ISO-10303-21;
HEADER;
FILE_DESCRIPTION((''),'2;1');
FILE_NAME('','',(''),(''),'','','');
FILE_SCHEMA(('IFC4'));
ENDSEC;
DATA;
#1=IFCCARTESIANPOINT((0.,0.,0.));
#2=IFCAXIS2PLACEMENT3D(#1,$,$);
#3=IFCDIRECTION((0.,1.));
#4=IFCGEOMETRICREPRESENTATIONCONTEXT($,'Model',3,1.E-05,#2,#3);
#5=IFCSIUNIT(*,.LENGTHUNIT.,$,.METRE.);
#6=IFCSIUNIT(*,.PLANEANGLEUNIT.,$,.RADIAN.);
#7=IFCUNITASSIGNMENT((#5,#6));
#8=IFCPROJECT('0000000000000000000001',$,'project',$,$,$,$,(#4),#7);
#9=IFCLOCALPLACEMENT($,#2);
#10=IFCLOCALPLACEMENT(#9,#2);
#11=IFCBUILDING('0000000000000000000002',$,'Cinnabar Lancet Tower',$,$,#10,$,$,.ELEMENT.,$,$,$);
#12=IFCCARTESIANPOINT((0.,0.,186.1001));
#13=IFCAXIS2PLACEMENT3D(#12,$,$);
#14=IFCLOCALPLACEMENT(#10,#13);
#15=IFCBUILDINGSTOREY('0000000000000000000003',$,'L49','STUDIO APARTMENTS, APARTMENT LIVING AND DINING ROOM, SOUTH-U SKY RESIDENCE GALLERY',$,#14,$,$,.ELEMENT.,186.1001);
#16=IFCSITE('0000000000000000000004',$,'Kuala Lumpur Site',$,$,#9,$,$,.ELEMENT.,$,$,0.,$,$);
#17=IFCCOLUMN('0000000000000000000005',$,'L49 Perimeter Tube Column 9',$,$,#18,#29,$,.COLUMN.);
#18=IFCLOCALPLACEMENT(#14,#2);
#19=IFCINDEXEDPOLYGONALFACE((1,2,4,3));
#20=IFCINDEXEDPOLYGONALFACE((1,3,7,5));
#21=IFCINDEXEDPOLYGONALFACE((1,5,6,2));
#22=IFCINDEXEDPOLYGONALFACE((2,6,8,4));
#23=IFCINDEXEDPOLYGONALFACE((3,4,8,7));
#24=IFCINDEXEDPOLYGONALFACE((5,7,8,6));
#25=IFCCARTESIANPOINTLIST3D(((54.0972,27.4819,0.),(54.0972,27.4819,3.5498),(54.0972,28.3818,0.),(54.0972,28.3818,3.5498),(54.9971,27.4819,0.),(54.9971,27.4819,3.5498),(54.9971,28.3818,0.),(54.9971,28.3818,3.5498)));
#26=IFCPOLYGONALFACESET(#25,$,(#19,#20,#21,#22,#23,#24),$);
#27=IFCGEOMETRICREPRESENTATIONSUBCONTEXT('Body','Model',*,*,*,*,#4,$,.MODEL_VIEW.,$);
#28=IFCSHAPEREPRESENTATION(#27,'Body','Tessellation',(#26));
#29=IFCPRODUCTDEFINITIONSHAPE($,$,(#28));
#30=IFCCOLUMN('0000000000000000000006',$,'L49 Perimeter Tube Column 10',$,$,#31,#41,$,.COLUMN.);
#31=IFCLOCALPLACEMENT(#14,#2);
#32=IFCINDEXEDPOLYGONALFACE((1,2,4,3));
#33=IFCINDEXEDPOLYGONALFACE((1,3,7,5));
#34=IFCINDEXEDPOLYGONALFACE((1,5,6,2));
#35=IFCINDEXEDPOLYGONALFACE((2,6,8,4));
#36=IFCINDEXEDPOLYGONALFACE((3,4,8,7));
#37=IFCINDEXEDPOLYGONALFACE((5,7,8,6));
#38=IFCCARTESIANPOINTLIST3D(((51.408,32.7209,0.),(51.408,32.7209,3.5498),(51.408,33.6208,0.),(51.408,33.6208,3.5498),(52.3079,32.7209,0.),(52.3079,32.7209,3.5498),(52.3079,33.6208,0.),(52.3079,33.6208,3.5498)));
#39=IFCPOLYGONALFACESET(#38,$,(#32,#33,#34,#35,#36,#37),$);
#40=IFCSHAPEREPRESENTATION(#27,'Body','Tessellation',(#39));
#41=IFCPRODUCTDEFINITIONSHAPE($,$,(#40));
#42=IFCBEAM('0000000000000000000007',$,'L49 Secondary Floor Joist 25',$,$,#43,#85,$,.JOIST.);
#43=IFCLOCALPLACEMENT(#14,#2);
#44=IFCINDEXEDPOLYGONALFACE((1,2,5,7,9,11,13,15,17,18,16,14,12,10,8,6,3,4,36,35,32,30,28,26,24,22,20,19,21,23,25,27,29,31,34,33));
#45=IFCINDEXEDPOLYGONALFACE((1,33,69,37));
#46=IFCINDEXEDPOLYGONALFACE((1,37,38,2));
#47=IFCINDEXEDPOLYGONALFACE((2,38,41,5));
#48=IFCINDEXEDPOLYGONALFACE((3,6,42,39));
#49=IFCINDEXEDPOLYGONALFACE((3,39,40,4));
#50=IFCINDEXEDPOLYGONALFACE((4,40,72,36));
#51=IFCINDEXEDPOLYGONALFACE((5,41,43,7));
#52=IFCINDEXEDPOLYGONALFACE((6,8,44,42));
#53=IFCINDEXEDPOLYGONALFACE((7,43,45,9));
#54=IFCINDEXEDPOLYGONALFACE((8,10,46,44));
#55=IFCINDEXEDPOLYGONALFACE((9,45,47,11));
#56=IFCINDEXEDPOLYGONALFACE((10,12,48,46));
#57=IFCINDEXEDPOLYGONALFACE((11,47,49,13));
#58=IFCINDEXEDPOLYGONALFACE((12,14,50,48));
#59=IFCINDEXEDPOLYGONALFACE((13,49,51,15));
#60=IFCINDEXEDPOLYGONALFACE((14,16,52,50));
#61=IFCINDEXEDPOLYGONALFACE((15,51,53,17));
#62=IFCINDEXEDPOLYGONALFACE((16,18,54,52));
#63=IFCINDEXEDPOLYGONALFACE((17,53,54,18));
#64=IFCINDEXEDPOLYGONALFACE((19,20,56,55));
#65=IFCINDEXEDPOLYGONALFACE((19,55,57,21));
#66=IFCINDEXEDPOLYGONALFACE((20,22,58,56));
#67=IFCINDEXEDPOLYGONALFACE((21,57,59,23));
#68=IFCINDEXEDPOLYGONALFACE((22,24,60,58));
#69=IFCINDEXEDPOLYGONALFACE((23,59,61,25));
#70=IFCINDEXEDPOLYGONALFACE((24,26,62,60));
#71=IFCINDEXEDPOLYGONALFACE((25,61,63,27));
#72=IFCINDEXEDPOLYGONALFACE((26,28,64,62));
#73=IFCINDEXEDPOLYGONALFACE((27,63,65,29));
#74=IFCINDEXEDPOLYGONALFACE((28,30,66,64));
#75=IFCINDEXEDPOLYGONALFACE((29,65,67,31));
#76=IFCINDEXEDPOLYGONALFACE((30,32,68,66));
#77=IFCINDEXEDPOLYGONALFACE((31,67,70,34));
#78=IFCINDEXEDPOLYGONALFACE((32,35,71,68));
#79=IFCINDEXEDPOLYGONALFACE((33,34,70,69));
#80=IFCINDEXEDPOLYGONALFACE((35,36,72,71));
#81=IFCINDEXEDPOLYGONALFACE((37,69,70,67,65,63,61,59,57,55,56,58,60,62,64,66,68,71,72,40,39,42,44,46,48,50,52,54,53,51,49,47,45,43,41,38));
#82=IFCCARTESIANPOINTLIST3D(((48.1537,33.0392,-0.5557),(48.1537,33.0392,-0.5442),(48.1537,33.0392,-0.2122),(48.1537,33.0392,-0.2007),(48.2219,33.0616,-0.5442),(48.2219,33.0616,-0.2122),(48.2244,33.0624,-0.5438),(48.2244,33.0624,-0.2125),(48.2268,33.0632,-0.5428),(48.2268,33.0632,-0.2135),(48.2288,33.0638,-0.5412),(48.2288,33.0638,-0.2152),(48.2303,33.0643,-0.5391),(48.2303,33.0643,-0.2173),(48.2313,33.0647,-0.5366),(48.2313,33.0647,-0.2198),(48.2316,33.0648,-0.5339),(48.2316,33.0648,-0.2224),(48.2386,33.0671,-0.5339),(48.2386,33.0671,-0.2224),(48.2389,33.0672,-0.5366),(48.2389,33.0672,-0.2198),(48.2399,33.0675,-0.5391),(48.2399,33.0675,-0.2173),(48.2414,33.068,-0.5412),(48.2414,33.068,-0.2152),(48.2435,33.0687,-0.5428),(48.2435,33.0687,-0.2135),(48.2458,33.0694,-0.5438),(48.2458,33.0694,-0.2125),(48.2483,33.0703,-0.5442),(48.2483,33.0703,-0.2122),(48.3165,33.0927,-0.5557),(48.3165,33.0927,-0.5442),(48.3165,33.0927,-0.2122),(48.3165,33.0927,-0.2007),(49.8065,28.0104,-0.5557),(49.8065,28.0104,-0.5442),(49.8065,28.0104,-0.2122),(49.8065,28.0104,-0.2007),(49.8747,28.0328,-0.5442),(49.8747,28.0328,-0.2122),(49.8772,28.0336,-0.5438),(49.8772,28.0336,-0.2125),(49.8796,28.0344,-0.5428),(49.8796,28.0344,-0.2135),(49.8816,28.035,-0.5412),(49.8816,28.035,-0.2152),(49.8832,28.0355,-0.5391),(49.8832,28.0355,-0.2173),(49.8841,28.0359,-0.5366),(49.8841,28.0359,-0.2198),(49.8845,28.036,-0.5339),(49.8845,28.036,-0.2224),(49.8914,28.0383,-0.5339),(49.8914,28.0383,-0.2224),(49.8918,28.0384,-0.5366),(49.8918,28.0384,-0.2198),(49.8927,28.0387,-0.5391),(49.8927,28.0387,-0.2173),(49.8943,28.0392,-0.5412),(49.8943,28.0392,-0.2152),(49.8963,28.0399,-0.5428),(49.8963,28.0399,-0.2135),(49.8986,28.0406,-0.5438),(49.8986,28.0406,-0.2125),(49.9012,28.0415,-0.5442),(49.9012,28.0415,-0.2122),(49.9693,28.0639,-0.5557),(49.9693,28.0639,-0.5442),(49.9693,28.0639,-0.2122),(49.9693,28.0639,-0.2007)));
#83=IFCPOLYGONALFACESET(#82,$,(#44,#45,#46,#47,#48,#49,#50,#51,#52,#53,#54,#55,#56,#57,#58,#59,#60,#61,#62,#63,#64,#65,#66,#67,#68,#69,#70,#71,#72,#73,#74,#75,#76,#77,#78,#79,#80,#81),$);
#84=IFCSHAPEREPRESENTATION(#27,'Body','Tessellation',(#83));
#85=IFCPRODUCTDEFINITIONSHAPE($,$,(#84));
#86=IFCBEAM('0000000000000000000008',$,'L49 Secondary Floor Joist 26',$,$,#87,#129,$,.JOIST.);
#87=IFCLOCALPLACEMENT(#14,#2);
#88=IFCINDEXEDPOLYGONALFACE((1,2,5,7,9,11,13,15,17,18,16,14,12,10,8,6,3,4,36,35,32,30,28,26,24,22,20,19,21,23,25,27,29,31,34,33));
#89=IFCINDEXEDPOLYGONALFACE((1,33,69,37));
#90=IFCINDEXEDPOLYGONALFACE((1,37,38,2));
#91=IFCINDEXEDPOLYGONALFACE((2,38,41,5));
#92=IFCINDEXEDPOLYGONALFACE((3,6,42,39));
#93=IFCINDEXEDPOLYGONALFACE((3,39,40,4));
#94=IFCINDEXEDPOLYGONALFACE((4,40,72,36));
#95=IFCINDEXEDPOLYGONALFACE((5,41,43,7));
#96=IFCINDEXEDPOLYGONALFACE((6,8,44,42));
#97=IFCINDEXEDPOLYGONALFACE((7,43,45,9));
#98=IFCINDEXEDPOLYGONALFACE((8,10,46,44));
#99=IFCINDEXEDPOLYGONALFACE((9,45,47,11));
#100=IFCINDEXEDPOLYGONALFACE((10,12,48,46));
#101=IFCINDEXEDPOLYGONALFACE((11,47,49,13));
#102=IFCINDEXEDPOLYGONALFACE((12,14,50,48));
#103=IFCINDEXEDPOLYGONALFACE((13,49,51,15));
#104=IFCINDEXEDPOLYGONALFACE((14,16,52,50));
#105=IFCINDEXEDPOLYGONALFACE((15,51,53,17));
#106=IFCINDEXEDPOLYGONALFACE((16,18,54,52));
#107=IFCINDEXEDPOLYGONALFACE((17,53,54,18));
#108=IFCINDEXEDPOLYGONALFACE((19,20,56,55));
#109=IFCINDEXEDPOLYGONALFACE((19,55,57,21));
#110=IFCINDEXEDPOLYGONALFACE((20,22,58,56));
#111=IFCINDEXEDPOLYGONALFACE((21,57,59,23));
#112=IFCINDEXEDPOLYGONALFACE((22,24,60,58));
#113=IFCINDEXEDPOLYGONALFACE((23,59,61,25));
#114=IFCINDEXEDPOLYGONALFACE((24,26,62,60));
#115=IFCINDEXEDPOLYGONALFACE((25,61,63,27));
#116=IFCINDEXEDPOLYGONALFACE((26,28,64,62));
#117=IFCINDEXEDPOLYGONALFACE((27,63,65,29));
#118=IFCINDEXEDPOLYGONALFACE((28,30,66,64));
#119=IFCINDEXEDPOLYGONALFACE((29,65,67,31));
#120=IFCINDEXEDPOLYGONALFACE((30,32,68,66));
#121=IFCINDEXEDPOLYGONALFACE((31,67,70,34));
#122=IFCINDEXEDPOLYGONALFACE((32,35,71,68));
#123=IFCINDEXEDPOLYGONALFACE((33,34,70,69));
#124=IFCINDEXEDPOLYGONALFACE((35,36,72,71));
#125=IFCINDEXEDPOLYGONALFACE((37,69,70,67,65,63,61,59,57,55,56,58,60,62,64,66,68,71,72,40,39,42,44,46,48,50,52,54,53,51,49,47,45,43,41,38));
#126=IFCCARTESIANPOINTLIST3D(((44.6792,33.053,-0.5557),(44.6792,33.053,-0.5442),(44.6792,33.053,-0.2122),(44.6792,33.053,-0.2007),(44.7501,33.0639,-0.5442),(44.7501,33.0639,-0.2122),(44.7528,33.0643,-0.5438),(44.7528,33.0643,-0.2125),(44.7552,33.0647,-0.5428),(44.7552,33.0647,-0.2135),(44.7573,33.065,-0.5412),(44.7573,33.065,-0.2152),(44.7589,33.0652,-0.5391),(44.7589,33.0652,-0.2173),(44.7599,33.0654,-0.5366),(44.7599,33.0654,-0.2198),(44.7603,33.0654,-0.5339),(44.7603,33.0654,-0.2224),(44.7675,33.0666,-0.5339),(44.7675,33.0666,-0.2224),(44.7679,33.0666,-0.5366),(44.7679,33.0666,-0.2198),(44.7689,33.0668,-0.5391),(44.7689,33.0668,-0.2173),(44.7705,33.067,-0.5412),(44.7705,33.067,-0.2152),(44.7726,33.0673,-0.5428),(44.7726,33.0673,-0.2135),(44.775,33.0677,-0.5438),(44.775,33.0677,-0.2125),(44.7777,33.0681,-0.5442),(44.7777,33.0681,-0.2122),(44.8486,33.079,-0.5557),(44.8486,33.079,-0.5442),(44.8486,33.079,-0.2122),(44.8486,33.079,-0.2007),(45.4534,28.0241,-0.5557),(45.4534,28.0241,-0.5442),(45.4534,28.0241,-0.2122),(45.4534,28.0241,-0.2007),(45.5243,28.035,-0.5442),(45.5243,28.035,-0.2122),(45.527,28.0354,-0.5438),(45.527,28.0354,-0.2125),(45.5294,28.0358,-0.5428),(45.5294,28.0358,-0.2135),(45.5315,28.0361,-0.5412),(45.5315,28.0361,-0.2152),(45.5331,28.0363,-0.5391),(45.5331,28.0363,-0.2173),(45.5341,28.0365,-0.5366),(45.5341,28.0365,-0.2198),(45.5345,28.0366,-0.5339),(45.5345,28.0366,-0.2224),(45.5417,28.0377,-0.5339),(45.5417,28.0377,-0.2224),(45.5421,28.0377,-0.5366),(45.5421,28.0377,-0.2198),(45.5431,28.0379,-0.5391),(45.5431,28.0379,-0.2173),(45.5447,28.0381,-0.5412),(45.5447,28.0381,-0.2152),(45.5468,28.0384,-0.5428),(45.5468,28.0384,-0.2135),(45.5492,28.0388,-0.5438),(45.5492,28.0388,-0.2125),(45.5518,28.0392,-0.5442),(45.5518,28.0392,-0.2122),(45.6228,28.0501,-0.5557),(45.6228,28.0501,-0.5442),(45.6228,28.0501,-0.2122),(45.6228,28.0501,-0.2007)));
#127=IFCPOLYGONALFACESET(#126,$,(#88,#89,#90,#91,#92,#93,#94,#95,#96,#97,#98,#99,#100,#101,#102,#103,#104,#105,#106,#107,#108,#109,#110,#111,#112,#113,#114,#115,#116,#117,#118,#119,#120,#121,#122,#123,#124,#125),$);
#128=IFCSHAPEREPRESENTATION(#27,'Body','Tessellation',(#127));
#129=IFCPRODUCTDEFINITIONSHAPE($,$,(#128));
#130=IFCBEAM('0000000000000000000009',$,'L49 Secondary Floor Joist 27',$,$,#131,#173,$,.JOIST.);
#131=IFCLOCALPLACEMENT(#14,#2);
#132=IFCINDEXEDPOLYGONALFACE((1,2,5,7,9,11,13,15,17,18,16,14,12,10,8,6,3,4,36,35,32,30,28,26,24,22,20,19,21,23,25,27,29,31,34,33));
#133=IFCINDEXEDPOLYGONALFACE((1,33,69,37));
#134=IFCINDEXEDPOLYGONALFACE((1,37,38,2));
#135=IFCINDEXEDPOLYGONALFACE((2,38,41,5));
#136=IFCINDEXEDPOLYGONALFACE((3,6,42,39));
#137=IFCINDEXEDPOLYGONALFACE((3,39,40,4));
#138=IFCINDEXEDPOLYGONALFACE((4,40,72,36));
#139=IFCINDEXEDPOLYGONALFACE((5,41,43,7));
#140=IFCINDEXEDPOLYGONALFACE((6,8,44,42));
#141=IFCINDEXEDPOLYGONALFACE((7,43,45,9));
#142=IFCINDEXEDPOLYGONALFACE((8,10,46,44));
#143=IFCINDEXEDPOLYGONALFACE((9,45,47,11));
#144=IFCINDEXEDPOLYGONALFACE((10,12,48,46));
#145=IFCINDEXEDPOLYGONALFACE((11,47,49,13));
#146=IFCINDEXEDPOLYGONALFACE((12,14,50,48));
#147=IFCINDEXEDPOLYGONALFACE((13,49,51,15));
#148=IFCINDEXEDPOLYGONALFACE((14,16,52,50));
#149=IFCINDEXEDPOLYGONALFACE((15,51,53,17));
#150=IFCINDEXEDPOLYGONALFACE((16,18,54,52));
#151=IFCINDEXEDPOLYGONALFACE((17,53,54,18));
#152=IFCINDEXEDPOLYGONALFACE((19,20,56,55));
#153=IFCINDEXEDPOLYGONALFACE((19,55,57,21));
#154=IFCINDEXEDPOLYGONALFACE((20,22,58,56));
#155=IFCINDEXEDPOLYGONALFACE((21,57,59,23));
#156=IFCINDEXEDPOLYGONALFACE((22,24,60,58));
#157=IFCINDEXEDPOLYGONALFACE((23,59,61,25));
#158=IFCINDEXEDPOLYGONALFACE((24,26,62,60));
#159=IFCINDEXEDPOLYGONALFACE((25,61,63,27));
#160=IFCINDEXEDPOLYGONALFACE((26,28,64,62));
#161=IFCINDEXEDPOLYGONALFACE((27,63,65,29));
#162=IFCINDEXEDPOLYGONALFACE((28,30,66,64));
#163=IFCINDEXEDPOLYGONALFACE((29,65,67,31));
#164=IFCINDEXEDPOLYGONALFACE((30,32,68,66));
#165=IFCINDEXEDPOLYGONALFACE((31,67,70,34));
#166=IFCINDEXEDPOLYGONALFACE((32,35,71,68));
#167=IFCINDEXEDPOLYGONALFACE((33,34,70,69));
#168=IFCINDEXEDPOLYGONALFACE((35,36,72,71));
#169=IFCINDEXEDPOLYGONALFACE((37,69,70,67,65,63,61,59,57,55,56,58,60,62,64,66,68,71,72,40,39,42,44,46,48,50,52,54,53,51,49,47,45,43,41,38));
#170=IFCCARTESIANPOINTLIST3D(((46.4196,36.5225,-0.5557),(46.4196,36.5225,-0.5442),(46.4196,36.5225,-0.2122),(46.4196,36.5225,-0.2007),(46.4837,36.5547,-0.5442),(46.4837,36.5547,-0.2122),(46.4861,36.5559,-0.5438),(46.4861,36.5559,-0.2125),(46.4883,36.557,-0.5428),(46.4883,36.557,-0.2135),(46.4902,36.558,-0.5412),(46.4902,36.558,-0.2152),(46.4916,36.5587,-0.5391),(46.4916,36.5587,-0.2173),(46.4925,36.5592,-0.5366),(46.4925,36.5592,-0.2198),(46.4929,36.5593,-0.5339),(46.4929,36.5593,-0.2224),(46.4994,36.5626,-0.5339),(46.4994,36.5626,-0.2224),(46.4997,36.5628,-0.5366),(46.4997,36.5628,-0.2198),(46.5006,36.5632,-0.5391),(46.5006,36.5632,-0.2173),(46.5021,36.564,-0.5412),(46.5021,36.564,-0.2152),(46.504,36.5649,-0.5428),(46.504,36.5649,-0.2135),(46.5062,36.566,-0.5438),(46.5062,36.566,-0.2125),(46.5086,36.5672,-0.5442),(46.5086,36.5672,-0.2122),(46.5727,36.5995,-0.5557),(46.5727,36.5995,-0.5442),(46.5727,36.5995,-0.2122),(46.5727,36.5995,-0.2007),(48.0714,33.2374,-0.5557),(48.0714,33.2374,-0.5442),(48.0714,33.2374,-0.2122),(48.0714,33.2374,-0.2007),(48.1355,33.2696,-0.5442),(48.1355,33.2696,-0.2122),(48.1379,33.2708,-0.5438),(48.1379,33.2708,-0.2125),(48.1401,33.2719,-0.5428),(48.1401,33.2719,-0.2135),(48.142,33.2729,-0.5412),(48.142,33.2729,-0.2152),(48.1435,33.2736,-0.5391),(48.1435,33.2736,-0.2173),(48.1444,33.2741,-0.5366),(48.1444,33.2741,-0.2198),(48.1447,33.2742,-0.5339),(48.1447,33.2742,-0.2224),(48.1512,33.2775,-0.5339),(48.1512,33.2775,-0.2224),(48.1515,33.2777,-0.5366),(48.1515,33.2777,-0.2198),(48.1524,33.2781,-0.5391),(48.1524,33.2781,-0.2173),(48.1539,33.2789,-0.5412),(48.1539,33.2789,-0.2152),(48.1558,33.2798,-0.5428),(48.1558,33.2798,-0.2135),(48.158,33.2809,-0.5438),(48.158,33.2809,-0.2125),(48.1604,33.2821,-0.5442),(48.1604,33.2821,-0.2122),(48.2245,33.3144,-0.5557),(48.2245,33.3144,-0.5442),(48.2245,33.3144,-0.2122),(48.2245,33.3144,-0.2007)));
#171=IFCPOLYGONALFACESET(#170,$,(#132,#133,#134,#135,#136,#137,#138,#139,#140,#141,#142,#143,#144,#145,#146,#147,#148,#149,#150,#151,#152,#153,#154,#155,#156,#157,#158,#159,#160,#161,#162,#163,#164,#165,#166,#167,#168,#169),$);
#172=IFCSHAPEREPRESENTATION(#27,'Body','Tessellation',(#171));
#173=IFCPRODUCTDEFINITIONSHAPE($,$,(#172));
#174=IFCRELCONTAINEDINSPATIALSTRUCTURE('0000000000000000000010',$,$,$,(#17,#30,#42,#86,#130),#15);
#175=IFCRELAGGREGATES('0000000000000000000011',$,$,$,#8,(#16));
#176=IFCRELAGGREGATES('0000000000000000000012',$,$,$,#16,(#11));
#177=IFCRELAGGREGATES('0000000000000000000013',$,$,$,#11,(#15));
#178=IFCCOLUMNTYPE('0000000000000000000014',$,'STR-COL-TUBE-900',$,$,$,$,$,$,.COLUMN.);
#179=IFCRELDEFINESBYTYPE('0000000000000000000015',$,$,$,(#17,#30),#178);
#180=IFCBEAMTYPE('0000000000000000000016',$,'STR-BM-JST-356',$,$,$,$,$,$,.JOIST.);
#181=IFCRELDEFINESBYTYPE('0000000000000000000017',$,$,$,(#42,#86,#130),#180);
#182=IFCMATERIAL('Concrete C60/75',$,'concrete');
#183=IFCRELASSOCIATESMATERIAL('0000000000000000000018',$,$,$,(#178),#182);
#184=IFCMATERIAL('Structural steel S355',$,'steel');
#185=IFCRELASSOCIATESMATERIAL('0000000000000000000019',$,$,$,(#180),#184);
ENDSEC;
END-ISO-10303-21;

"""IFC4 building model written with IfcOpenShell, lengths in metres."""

from ifc_helpers import new_model, si_unit, direction, frame, origin, origin_2d, place, context, subcontext, project, spatial, rectangle, i_section, extrude, material, material_profile, profile_set, type_object, element, save


model = new_model("IFC4")

# Units and contexts
model_context = context("Model", 3, precision=1e-05, world=origin(), true_north=direction((0.0, 1.0)))
body_context = subcontext(model_context, "Body", "Model", "MODEL_VIEW")
ifc_project = project(units=[si_unit("LENGTHUNIT", "METRE"), si_unit("PLANEANGLEUNIT", "RADIAN")], contexts=[model_context])

# Site, building, storey
site_placement = place(None, origin())
site = spatial("IfcSite", under=ifc_project, at=site_placement, Name="Kuala Lumpur Site", CompositionType="ELEMENT", RefElevation=0.0)
building_placement = place(site_placement, origin())
building = spatial("IfcBuilding", under=site, at=building_placement, Name="Cinnabar Lancet Tower", CompositionType="ELEMENT")
storey_placement = place(building_placement, frame((0.0, 0.0, 186.1001)))
storey = spatial("IfcBuildingStorey", under=building, at=storey_placement, Name="L49", Description="STUDIO APARTMENTS, APARTMENT LIVING AND DINING ROOM, SOUTH-U SKY RESIDENCE GALLERY", CompositionType="ELEMENT", Elevation=186.1001)

# Columns
ifc_material_1 = material(Name="Concrete C60/75", Category="concrete")
ifc_material_profile_1 = material_profile(ifc_material_1, rectangle(XDim=0.8999, YDim=0.8999, at=origin_2d()), Name="RC-COL 900x900")
ifc_profile_set_1 = profile_set([ifc_material_profile_1], Name="Concrete C60/75")
column_type = type_object("IfcColumnType", Name="STR-COL-TUBE-900", PredefinedType="COLUMN", material=ifc_profile_set_1)
for number, where, z_axis, x_axis, name in (
    (1, (54.5471, 27.9319, 0.0), (0.0, 0.0, 1.0), (1.0, 0.0, 0.0), "L49 Perimeter Tube Column 9"),
    (2, (51.8579, 33.1709, 0.0), (0.0, 0.0, 1.0), (1.0, 0.0, 0.0), "L49 Perimeter Tube Column 10"),
):
    element("IfcColumn", number, at=place(storey_placement, frame(where, z_axis=z_axis, x_axis=x_axis)), inside=storey, type_object=column_type, Name=name, PredefinedType="COLUMN", context=body_context, shape_type="SweptSolid", body=[
        extrude(rectangle(XDim=0.8999, YDim=0.8999, at=origin_2d()), origin(), (0.0, 0.0, 1.0), 3.5498),
    ])

# Beams
ifc_material_2 = material(Name="Structural steel S355", Category="steel")
ifc_material_profile_2 = material_profile(ifc_material_2, i_section(OverallWidth=0.1714, OverallDepth=0.355, WebThickness=0.0073, FlangeThickness=0.0115, FilletRadius=0.0103, at=origin_2d()), Name="UKB 356x171x51")
ifc_profile_set_2 = profile_set([ifc_material_profile_2], Name="Structural steel S355")
beam_type_1 = type_object("IfcBeamType", Name="STR-BM-JST-356", PredefinedType="JOIST", material=ifc_profile_set_2)
beam_1_placement = place(storey_placement, frame((49.8879, 28.0371, -0.3782), z_axis=(-0.31224, 0.950003, 0.0), x_axis=(-0.950003, -0.31224, 0.0)))
element("IfcBeam", 3, at=beam_1_placement, inside=storey, type_object=beam_type_1, Name="L49 Secondary Floor Joist 25", PredefinedType="JOIST", context=body_context, shape_type="SweptSolid", body=[
    extrude(i_section(OverallWidth=0.1714, OverallDepth=0.355, WebThickness=0.0073, FlangeThickness=0.0115, FilletRadius=0.0103, at=origin_2d()), origin(), (0.0, 0.0, 1.0), 5.2935),
])
beam_2_placement = place(storey_placement, frame((45.5381, 28.0371, -0.3782), z_axis=(-0.152155, 0.988357, 0.0), x_axis=(-0.988357, -0.152155, 0.0)))
element("IfcBeam", 4, at=beam_2_placement, inside=storey, type_object=beam_type_1, Name="L49 Secondary Floor Joist 26", PredefinedType="JOIST", context=body_context, shape_type="SweptSolid", body=[
    extrude(i_section(OverallWidth=0.1714, OverallDepth=0.355, WebThickness=0.0073, FlangeThickness=0.0115, FilletRadius=0.0103, at=origin_2d()), origin(), (0.0, 0.0, 1.0), 5.0881),
])
beam_3_placement = place(storey_placement, frame((48.1479, 33.2759, -0.3782), z_axis=(-0.449231, 0.893416, 0.0), x_axis=(-0.893416, -0.449231, 0.0)))
element("IfcBeam", 5, at=beam_3_placement, inside=storey, type_object=beam_type_1, Name="L49 Secondary Floor Joist 27", PredefinedType="JOIST", context=body_context, shape_type="SweptSolid", body=[
    extrude(i_section(OverallWidth=0.1714, OverallDepth=0.355, WebThickness=0.0073, FlangeThickness=0.0115, FilletRadius=0.0103, at=origin_2d()), origin(), (0.0, 0.0, 1.0), 3.677),
])

save(model, "model.ifc")
